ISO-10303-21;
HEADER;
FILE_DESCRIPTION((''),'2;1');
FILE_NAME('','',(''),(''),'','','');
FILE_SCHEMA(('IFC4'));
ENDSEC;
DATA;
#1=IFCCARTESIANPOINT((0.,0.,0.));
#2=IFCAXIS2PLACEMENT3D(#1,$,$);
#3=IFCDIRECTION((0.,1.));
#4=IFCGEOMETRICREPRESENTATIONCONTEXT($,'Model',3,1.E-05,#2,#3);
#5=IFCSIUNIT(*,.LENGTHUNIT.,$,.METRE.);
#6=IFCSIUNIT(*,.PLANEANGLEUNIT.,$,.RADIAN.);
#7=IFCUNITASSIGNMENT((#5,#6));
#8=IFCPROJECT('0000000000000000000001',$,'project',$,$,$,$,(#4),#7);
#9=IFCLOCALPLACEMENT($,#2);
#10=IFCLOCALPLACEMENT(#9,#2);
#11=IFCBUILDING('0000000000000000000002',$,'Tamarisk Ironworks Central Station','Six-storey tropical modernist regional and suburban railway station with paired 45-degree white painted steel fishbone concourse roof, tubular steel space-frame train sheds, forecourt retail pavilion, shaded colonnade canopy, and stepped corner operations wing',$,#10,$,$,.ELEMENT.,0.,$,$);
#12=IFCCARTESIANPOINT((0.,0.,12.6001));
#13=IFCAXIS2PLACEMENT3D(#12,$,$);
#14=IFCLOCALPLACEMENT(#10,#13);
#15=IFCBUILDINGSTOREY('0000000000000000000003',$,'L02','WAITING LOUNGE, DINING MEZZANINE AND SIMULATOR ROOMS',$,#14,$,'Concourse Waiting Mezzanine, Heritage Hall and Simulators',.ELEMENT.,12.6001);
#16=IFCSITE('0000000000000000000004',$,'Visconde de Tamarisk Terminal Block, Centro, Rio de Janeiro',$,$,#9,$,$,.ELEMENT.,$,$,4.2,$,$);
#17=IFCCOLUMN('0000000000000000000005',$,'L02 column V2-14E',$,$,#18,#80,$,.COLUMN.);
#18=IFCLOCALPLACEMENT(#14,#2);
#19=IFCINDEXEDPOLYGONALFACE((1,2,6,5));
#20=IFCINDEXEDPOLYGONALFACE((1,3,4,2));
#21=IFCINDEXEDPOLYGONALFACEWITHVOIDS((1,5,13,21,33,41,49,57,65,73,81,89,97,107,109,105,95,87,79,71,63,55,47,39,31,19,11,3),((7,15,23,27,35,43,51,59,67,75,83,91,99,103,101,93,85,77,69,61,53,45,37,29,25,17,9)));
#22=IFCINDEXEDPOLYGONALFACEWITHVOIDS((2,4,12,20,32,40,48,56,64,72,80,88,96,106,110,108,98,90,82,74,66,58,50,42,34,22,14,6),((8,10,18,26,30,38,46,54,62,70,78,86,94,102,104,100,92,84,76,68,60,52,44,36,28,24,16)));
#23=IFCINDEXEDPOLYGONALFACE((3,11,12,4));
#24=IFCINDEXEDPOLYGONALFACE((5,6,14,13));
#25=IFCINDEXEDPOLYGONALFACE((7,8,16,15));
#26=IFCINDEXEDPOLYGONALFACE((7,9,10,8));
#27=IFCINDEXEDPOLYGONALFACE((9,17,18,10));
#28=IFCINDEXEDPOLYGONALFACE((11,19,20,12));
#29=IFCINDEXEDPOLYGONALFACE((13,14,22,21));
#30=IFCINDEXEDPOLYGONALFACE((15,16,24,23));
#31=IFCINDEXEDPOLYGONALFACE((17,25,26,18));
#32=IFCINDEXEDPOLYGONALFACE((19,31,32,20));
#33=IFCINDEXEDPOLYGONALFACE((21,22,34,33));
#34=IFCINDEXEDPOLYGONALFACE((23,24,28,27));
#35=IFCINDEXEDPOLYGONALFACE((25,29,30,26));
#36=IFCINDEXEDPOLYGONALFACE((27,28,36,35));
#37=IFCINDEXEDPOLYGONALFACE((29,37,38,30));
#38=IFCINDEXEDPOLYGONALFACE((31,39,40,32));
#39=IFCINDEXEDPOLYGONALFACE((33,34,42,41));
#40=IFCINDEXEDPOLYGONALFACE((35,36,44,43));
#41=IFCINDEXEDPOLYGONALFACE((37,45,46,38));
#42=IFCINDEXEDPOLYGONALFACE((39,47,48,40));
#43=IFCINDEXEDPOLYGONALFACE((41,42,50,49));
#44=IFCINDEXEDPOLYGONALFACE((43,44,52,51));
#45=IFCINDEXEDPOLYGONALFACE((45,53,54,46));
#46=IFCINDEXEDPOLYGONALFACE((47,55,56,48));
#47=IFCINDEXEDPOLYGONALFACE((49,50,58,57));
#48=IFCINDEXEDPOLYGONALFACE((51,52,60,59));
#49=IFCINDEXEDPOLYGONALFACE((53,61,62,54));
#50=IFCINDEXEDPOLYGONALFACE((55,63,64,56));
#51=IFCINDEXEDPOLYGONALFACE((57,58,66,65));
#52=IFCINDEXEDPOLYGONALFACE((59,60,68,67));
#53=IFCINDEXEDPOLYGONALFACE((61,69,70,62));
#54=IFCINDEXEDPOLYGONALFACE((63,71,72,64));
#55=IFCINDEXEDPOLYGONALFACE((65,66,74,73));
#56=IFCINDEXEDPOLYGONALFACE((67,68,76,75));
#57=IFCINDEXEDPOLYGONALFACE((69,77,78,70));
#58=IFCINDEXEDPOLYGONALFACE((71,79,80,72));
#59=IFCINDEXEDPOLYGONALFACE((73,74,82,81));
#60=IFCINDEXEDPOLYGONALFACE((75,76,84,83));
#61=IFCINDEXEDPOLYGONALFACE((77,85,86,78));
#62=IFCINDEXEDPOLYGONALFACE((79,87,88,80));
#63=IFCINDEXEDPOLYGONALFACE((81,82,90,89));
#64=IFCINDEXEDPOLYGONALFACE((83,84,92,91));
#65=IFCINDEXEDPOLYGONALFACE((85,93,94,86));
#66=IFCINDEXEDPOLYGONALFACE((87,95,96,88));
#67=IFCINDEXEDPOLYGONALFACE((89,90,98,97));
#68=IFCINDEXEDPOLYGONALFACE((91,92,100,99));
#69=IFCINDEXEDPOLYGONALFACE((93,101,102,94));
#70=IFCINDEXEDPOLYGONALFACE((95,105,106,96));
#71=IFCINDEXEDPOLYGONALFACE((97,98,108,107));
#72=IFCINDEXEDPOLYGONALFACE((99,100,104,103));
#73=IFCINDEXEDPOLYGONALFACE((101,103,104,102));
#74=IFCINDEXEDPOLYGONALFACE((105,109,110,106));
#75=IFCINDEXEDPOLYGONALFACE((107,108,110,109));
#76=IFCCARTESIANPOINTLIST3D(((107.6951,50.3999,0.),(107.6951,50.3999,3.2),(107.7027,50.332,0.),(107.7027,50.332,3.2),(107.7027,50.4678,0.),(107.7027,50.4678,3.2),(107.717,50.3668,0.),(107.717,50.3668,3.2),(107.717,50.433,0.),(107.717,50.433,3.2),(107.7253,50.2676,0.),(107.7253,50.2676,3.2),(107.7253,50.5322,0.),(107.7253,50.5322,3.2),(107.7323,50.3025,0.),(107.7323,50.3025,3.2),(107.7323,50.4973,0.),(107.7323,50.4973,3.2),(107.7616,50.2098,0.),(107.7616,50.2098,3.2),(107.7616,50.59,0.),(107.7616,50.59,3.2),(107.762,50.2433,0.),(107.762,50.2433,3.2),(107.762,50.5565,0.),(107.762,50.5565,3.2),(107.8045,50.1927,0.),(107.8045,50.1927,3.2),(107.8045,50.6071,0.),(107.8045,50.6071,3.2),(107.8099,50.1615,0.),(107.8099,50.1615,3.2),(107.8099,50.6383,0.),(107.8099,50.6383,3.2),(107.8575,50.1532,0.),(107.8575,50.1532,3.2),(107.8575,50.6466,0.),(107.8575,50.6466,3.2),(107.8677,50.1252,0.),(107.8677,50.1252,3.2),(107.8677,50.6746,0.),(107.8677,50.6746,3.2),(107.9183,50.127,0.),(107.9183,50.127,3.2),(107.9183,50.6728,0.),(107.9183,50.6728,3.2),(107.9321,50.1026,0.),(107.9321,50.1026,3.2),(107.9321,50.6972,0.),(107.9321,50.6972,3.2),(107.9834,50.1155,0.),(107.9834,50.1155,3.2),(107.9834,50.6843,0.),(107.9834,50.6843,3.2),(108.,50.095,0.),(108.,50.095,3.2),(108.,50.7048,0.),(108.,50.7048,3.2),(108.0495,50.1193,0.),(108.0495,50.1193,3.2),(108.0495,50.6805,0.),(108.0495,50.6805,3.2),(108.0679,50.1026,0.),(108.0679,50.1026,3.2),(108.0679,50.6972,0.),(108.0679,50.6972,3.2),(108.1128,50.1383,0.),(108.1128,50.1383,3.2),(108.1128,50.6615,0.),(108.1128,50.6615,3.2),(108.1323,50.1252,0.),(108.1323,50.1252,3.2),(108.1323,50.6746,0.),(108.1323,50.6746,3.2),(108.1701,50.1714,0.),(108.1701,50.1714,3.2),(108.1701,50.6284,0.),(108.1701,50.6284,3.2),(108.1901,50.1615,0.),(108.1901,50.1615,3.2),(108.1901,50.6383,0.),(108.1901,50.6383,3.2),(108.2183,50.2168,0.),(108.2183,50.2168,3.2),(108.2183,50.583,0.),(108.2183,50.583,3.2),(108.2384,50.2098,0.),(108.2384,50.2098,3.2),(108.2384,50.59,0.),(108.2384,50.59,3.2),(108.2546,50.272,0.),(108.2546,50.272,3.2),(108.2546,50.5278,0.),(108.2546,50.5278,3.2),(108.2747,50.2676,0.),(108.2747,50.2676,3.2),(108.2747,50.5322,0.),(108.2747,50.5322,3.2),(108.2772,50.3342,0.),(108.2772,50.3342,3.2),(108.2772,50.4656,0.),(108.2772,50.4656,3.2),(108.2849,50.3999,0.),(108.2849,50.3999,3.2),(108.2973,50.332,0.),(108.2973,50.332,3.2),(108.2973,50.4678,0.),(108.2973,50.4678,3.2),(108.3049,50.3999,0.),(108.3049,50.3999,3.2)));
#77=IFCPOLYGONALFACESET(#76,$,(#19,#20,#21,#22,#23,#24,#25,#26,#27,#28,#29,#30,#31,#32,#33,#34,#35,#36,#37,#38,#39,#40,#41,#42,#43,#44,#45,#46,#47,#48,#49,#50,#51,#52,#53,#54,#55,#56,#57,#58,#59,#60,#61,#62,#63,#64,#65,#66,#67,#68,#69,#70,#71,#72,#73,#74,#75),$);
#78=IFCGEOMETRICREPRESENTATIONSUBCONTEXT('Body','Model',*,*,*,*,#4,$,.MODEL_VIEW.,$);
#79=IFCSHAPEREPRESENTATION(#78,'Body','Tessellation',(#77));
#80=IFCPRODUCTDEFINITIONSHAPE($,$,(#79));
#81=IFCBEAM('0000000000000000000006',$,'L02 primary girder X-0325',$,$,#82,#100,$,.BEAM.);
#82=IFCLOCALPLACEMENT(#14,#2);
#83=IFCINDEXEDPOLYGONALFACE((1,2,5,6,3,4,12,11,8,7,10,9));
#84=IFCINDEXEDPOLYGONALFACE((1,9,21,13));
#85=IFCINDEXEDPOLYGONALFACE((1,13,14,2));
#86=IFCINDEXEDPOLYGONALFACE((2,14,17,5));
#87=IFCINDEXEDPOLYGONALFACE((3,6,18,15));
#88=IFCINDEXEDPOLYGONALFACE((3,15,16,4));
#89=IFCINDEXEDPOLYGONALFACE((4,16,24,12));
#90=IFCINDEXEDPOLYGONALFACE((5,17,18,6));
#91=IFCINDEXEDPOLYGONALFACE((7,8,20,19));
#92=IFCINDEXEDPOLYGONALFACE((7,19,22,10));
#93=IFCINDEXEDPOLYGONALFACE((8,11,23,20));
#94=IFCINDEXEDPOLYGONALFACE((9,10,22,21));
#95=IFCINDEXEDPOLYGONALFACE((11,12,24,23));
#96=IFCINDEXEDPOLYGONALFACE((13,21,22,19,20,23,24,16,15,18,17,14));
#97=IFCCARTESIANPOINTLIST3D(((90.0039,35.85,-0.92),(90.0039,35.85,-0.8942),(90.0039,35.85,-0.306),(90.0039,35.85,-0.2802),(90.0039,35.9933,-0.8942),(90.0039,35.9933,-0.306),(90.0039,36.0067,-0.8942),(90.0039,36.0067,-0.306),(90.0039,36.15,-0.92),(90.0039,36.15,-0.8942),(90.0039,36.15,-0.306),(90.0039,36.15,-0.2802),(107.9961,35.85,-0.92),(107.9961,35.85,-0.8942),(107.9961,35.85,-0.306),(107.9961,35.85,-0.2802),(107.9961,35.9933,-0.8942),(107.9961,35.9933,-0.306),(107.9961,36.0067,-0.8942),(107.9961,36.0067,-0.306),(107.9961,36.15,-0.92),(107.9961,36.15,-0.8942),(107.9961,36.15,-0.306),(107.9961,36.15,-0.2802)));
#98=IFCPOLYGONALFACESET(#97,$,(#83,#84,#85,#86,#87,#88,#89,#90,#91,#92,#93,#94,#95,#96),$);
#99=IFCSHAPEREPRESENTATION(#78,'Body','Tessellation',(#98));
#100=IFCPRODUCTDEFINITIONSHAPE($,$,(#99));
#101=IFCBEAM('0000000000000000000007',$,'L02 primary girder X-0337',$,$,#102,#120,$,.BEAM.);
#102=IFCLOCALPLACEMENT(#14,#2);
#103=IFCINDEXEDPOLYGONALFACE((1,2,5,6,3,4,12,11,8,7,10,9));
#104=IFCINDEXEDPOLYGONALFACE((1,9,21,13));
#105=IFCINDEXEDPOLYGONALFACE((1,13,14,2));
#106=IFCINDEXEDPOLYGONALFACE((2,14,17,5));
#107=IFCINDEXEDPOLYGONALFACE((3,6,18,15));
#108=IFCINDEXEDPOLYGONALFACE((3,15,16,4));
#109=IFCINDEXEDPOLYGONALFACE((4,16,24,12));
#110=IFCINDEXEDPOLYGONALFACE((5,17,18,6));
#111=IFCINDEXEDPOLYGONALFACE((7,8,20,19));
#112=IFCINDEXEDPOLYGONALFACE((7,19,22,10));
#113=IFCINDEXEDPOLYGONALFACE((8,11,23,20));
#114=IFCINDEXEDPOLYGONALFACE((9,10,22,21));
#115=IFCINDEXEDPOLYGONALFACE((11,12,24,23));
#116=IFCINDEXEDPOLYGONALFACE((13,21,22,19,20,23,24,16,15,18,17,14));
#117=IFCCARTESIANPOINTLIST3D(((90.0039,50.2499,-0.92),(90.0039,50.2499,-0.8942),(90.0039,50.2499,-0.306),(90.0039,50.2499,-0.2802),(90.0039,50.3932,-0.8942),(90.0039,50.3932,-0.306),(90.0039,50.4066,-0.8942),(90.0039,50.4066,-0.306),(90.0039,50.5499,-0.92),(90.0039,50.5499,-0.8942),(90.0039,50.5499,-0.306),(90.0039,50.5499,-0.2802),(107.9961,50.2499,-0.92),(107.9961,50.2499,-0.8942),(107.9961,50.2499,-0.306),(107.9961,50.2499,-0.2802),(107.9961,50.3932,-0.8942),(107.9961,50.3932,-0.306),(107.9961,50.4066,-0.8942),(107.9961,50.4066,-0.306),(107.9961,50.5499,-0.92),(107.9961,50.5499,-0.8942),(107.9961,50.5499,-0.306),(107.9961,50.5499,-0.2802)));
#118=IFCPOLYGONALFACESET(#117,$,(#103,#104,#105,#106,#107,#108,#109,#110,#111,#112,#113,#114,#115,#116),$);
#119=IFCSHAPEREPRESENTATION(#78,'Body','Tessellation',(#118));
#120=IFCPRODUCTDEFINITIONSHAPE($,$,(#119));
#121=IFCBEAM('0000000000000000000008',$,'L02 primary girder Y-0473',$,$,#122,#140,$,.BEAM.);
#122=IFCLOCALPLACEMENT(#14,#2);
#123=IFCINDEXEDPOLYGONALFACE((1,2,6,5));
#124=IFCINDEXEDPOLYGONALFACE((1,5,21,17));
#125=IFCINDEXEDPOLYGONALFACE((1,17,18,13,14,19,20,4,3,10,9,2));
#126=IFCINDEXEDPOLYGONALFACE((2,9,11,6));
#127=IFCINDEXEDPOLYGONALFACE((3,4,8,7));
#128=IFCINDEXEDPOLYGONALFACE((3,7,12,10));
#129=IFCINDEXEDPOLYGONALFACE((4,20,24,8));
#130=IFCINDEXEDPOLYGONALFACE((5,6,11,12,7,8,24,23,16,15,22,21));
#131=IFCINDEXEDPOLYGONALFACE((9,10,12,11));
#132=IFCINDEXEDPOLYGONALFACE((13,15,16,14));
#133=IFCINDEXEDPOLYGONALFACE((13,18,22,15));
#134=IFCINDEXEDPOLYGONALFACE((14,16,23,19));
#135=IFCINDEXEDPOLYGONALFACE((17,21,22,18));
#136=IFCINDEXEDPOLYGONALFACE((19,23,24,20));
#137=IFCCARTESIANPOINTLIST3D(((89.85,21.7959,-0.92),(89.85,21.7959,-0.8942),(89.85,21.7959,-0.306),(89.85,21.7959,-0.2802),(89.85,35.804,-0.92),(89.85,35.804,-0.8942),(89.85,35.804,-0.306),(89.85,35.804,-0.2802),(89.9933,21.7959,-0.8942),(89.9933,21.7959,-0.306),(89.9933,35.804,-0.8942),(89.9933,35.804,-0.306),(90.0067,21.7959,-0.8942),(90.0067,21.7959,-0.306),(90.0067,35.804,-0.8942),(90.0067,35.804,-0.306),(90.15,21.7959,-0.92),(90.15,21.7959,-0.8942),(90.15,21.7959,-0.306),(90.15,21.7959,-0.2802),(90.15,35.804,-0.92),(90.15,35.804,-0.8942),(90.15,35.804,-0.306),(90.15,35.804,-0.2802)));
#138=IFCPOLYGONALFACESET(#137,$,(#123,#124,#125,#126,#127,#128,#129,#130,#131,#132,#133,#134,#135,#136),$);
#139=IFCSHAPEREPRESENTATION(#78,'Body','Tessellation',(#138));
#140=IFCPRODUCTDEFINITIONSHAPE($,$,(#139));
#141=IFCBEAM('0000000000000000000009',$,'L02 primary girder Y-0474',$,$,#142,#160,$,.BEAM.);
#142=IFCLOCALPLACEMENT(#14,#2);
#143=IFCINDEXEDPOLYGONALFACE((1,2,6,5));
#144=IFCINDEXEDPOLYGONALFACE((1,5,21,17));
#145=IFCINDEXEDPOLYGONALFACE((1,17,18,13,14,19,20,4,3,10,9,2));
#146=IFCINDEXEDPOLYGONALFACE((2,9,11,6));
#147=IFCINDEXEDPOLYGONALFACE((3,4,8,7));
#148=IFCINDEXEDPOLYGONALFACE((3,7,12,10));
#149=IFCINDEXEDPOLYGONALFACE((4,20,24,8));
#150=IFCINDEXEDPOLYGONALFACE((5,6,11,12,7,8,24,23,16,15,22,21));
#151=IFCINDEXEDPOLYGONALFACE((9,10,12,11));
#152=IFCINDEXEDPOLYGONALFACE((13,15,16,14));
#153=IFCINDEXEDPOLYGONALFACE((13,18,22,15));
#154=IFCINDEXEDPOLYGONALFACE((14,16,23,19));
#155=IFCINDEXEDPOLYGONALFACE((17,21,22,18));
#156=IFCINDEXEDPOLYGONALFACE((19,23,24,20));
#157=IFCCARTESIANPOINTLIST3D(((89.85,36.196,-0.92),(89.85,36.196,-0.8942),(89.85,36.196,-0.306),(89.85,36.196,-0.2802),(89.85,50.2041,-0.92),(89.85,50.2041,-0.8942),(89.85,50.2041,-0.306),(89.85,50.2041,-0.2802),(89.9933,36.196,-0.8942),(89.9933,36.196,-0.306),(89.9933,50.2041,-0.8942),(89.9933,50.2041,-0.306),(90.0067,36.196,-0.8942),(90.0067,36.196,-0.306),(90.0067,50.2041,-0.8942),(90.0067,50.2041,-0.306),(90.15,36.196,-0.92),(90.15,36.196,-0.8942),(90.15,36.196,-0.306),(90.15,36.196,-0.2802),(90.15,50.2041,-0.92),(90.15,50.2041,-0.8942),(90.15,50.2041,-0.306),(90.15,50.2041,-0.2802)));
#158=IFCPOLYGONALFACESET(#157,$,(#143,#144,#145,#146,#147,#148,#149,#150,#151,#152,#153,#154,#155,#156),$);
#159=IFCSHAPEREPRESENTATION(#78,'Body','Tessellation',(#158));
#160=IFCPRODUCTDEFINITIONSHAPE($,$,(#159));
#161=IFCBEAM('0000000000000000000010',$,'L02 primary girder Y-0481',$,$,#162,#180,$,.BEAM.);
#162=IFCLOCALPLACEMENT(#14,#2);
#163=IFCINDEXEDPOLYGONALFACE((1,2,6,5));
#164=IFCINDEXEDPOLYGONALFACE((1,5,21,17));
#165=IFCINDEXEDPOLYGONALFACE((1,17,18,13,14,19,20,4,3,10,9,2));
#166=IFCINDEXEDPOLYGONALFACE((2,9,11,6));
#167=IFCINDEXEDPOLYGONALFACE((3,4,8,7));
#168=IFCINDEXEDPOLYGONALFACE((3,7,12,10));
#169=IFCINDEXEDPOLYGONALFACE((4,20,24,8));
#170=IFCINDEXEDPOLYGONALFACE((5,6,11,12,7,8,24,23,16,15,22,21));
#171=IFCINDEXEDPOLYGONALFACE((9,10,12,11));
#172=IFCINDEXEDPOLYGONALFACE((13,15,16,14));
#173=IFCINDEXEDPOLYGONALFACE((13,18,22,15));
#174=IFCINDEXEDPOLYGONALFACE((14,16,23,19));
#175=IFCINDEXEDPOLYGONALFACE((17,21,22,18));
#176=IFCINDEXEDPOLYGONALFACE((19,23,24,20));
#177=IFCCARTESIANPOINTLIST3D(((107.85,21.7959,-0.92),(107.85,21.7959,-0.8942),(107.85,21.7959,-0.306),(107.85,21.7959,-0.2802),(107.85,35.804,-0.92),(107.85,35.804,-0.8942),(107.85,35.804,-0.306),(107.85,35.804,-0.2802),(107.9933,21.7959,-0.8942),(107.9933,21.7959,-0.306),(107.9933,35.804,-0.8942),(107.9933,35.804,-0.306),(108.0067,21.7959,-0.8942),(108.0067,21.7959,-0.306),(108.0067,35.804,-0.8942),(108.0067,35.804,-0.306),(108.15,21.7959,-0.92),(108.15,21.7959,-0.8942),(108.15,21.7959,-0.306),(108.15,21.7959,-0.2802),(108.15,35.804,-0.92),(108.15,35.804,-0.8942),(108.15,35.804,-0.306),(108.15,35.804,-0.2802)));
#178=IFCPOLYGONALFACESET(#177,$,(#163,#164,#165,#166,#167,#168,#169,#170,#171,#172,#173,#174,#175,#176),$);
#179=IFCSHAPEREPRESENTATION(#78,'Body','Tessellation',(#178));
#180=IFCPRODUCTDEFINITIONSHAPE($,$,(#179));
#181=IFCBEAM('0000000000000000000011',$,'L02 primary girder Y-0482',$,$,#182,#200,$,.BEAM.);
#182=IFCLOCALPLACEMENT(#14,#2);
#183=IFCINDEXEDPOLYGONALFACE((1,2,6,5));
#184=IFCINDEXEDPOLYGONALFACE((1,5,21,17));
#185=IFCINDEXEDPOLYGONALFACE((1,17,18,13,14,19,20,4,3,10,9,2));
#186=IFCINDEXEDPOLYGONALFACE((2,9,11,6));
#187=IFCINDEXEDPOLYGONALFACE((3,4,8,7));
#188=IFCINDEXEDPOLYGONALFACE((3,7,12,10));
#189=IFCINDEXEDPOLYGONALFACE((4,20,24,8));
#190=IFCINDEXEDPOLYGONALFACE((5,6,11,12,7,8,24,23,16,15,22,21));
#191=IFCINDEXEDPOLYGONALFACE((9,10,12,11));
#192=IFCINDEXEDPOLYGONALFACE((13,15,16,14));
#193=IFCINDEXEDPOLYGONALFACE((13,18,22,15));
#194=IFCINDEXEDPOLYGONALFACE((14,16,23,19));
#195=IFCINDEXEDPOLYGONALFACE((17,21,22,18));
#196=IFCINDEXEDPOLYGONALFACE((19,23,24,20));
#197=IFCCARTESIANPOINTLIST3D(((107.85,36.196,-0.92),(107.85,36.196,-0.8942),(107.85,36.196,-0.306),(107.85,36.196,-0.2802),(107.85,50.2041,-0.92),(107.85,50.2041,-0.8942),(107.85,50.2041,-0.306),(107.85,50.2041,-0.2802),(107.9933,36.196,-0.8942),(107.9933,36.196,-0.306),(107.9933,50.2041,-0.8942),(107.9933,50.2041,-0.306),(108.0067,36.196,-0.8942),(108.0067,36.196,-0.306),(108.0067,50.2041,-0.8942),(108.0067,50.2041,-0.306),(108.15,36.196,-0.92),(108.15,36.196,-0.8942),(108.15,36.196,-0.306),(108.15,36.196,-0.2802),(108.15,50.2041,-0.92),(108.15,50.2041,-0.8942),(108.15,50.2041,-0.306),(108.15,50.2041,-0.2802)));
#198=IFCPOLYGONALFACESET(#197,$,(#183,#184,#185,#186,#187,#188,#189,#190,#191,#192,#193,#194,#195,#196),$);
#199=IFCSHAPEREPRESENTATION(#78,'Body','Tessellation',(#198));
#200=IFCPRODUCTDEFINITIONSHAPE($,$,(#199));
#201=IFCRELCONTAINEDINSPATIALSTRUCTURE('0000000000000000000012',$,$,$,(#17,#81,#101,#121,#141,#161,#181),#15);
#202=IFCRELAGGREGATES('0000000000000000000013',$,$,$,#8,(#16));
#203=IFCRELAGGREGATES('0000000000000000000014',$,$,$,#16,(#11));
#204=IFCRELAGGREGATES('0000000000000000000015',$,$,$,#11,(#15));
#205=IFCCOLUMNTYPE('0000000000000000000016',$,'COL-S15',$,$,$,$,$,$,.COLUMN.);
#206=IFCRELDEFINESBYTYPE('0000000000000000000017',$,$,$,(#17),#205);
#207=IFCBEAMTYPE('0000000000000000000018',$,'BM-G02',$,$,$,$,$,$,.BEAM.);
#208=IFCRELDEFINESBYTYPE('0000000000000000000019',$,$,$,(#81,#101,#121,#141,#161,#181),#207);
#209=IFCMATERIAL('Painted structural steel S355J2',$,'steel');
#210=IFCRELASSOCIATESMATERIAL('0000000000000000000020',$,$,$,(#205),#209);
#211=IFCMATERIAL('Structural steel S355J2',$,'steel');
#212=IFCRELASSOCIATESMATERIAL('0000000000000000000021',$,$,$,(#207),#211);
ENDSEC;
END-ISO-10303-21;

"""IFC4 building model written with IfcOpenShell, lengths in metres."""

from ifc_helpers import new_model, si_unit, direction, frame, origin, origin_2d, place, context, subcontext, project, spatial, hollow_circle, i_section, extrude, material, material_profile, profile_set, type_object, element, save


model = new_model("IFC4")

# Units and contexts
model_context = context("Model", 3, precision=1e-05, world=origin(), true_north=direction((0.0, 1.0)))
body_context = subcontext(model_context, "Body", "Model", "MODEL_VIEW")
ifc_project = project(units=[si_unit("LENGTHUNIT", "METRE"), si_unit("PLANEANGLEUNIT", "RADIAN")], contexts=[model_context])

# Site, building, storey
site_placement = place(None, origin())
site = spatial("IfcSite", under=ifc_project, at=site_placement, Name="Visconde de Tamarisk Terminal Block, Centro, Rio de Janeiro", CompositionType="ELEMENT", RefElevation=4.2)
building_placement = place(site_placement, origin())
building = spatial("IfcBuilding", under=site, at=building_placement, Name="Tamarisk Ironworks Central Station", Description="Six-storey tropical modernist regional and suburban railway station with paired 45-degree white painted steel fishbone concourse roof, tubular steel space-frame train sheds, forecourt retail pavilion, shaded colonnade canopy, and stepped corner operations wing", CompositionType="ELEMENT", ElevationOfRefHeight=0.0)
storey_placement = place(building_placement, frame((0.0, 0.0, 12.6001)))
storey = spatial("IfcBuildingStorey", under=building, at=storey_placement, Name="L02", Description="WAITING LOUNGE, DINING MEZZANINE AND SIMULATOR ROOMS", LongName="Concourse Waiting Mezzanine, Heritage Hall and Simulators", CompositionType="ELEMENT", Elevation=12.6001)

# Column
ifc_material_1 = material(Name="Structural steel S355J2", Category="steel")
ifc_material_2 = material(Name="Painted structural steel S355J2", Category="steel")
ifc_material_profile_1 = material_profile(ifc_material_2, hollow_circle(Radius=0.3049, WallThickness=0.02, at=origin_2d()), Name="CHS 610x20")
ifc_profile_set_1 = profile_set([ifc_material_profile_1], Name="Painted structural steel S355J2")
column_type_1 = type_object("IfcColumnType", Name="COL-S15", PredefinedType="COLUMN", material=ifc_profile_set_1)
for number, where, z_axis, x_axis, name in (
    (1, (108.0, 50.3999, 0.0), (0.0, 0.0, 1.0), (1.0, 0.0, 0.0), "L02 column V2-14E"),
):
    element("IfcColumn", number, at=place(storey_placement, frame(where, z_axis=z_axis, x_axis=x_axis)), inside=storey, type_object=column_type_1, Name=name, PredefinedType="COLUMN", context=body_context, shape_type="SweptSolid", body=[
        extrude(hollow_circle(Radius=0.3049, WallThickness=0.02, at=origin_2d()), origin(), (0.0, 0.0, 1.0), 3.2),
    ])

# Beams
ifc_material_profile_2 = material_profile(ifc_material_1, i_section(OverallWidth=0.3, OverallDepth=0.6399, WebThickness=0.0134, FlangeThickness=0.0259, at=origin_2d()), Name="HEA 650")
ifc_profile_set_2 = profile_set([ifc_material_profile_2], Name="Structural steel S355J2")
beam_type_1 = type_object("IfcBeamType", Name="BM-G02", PredefinedType="BEAM", material=ifc_profile_set_2)
for number, where, z_axis, x_axis, name in (
    (2, (90.0039, 36.0, -0.6001), (1.0, 0.0, 0.0), (0.0, 1.0, 0.0), "L02 primary girder X-0325"),
    (3, (90.0039, 50.3999, -0.6001), (1.0, 0.0, 0.0), (0.0, 1.0, 0.0), "L02 primary girder X-0337"),
):
    element("IfcBeam", number, at=place(storey_placement, frame(where, z_axis=z_axis, x_axis=x_axis)), inside=storey, type_object=beam_type_1, Name=name, PredefinedType="BEAM", context=body_context, shape_type="SweptSolid", body=[
        extrude(i_section(OverallWidth=0.3, OverallDepth=0.6399, WebThickness=0.0134, FlangeThickness=0.0259, at=origin_2d()), origin(), (0.0, 0.0, 1.0), 17.9922),
    ])
for number, where, z_axis, x_axis, name in (
    (4, (90.0, 21.7959, -0.6001), (0.0, 1.0, 0.0), (-1.0, 0.0, 0.0), "L02 primary girder Y-0473"),
    (5, (90.0, 36.196, -0.6001), (0.0, 1.0, 0.0), (-1.0, 0.0, 0.0), "L02 primary girder Y-0474"),
    (6, (108.0, 21.7959, -0.6001), (0.0, 1.0, 0.0), (-1.0, 0.0, 0.0), "L02 primary girder Y-0481"),
    (7, (108.0, 36.196, -0.6001), (0.0, 1.0, 0.0), (-1.0, 0.0, 0.0), "L02 primary girder Y-0482"),
):
    element("IfcBeam", number, at=place(storey_placement, frame(where, z_axis=z_axis, x_axis=x_axis)), inside=storey, type_object=beam_type_1, Name=name, PredefinedType="BEAM", context=body_context, shape_type="SweptSolid", body=[
        extrude(i_section(OverallWidth=0.3, OverallDepth=0.6399, WebThickness=0.0134, FlangeThickness=0.0259, at=origin_2d()), origin(), (0.0, 0.0, 1.0), 14.0081),
    ])

save(model, "model.ifc")
